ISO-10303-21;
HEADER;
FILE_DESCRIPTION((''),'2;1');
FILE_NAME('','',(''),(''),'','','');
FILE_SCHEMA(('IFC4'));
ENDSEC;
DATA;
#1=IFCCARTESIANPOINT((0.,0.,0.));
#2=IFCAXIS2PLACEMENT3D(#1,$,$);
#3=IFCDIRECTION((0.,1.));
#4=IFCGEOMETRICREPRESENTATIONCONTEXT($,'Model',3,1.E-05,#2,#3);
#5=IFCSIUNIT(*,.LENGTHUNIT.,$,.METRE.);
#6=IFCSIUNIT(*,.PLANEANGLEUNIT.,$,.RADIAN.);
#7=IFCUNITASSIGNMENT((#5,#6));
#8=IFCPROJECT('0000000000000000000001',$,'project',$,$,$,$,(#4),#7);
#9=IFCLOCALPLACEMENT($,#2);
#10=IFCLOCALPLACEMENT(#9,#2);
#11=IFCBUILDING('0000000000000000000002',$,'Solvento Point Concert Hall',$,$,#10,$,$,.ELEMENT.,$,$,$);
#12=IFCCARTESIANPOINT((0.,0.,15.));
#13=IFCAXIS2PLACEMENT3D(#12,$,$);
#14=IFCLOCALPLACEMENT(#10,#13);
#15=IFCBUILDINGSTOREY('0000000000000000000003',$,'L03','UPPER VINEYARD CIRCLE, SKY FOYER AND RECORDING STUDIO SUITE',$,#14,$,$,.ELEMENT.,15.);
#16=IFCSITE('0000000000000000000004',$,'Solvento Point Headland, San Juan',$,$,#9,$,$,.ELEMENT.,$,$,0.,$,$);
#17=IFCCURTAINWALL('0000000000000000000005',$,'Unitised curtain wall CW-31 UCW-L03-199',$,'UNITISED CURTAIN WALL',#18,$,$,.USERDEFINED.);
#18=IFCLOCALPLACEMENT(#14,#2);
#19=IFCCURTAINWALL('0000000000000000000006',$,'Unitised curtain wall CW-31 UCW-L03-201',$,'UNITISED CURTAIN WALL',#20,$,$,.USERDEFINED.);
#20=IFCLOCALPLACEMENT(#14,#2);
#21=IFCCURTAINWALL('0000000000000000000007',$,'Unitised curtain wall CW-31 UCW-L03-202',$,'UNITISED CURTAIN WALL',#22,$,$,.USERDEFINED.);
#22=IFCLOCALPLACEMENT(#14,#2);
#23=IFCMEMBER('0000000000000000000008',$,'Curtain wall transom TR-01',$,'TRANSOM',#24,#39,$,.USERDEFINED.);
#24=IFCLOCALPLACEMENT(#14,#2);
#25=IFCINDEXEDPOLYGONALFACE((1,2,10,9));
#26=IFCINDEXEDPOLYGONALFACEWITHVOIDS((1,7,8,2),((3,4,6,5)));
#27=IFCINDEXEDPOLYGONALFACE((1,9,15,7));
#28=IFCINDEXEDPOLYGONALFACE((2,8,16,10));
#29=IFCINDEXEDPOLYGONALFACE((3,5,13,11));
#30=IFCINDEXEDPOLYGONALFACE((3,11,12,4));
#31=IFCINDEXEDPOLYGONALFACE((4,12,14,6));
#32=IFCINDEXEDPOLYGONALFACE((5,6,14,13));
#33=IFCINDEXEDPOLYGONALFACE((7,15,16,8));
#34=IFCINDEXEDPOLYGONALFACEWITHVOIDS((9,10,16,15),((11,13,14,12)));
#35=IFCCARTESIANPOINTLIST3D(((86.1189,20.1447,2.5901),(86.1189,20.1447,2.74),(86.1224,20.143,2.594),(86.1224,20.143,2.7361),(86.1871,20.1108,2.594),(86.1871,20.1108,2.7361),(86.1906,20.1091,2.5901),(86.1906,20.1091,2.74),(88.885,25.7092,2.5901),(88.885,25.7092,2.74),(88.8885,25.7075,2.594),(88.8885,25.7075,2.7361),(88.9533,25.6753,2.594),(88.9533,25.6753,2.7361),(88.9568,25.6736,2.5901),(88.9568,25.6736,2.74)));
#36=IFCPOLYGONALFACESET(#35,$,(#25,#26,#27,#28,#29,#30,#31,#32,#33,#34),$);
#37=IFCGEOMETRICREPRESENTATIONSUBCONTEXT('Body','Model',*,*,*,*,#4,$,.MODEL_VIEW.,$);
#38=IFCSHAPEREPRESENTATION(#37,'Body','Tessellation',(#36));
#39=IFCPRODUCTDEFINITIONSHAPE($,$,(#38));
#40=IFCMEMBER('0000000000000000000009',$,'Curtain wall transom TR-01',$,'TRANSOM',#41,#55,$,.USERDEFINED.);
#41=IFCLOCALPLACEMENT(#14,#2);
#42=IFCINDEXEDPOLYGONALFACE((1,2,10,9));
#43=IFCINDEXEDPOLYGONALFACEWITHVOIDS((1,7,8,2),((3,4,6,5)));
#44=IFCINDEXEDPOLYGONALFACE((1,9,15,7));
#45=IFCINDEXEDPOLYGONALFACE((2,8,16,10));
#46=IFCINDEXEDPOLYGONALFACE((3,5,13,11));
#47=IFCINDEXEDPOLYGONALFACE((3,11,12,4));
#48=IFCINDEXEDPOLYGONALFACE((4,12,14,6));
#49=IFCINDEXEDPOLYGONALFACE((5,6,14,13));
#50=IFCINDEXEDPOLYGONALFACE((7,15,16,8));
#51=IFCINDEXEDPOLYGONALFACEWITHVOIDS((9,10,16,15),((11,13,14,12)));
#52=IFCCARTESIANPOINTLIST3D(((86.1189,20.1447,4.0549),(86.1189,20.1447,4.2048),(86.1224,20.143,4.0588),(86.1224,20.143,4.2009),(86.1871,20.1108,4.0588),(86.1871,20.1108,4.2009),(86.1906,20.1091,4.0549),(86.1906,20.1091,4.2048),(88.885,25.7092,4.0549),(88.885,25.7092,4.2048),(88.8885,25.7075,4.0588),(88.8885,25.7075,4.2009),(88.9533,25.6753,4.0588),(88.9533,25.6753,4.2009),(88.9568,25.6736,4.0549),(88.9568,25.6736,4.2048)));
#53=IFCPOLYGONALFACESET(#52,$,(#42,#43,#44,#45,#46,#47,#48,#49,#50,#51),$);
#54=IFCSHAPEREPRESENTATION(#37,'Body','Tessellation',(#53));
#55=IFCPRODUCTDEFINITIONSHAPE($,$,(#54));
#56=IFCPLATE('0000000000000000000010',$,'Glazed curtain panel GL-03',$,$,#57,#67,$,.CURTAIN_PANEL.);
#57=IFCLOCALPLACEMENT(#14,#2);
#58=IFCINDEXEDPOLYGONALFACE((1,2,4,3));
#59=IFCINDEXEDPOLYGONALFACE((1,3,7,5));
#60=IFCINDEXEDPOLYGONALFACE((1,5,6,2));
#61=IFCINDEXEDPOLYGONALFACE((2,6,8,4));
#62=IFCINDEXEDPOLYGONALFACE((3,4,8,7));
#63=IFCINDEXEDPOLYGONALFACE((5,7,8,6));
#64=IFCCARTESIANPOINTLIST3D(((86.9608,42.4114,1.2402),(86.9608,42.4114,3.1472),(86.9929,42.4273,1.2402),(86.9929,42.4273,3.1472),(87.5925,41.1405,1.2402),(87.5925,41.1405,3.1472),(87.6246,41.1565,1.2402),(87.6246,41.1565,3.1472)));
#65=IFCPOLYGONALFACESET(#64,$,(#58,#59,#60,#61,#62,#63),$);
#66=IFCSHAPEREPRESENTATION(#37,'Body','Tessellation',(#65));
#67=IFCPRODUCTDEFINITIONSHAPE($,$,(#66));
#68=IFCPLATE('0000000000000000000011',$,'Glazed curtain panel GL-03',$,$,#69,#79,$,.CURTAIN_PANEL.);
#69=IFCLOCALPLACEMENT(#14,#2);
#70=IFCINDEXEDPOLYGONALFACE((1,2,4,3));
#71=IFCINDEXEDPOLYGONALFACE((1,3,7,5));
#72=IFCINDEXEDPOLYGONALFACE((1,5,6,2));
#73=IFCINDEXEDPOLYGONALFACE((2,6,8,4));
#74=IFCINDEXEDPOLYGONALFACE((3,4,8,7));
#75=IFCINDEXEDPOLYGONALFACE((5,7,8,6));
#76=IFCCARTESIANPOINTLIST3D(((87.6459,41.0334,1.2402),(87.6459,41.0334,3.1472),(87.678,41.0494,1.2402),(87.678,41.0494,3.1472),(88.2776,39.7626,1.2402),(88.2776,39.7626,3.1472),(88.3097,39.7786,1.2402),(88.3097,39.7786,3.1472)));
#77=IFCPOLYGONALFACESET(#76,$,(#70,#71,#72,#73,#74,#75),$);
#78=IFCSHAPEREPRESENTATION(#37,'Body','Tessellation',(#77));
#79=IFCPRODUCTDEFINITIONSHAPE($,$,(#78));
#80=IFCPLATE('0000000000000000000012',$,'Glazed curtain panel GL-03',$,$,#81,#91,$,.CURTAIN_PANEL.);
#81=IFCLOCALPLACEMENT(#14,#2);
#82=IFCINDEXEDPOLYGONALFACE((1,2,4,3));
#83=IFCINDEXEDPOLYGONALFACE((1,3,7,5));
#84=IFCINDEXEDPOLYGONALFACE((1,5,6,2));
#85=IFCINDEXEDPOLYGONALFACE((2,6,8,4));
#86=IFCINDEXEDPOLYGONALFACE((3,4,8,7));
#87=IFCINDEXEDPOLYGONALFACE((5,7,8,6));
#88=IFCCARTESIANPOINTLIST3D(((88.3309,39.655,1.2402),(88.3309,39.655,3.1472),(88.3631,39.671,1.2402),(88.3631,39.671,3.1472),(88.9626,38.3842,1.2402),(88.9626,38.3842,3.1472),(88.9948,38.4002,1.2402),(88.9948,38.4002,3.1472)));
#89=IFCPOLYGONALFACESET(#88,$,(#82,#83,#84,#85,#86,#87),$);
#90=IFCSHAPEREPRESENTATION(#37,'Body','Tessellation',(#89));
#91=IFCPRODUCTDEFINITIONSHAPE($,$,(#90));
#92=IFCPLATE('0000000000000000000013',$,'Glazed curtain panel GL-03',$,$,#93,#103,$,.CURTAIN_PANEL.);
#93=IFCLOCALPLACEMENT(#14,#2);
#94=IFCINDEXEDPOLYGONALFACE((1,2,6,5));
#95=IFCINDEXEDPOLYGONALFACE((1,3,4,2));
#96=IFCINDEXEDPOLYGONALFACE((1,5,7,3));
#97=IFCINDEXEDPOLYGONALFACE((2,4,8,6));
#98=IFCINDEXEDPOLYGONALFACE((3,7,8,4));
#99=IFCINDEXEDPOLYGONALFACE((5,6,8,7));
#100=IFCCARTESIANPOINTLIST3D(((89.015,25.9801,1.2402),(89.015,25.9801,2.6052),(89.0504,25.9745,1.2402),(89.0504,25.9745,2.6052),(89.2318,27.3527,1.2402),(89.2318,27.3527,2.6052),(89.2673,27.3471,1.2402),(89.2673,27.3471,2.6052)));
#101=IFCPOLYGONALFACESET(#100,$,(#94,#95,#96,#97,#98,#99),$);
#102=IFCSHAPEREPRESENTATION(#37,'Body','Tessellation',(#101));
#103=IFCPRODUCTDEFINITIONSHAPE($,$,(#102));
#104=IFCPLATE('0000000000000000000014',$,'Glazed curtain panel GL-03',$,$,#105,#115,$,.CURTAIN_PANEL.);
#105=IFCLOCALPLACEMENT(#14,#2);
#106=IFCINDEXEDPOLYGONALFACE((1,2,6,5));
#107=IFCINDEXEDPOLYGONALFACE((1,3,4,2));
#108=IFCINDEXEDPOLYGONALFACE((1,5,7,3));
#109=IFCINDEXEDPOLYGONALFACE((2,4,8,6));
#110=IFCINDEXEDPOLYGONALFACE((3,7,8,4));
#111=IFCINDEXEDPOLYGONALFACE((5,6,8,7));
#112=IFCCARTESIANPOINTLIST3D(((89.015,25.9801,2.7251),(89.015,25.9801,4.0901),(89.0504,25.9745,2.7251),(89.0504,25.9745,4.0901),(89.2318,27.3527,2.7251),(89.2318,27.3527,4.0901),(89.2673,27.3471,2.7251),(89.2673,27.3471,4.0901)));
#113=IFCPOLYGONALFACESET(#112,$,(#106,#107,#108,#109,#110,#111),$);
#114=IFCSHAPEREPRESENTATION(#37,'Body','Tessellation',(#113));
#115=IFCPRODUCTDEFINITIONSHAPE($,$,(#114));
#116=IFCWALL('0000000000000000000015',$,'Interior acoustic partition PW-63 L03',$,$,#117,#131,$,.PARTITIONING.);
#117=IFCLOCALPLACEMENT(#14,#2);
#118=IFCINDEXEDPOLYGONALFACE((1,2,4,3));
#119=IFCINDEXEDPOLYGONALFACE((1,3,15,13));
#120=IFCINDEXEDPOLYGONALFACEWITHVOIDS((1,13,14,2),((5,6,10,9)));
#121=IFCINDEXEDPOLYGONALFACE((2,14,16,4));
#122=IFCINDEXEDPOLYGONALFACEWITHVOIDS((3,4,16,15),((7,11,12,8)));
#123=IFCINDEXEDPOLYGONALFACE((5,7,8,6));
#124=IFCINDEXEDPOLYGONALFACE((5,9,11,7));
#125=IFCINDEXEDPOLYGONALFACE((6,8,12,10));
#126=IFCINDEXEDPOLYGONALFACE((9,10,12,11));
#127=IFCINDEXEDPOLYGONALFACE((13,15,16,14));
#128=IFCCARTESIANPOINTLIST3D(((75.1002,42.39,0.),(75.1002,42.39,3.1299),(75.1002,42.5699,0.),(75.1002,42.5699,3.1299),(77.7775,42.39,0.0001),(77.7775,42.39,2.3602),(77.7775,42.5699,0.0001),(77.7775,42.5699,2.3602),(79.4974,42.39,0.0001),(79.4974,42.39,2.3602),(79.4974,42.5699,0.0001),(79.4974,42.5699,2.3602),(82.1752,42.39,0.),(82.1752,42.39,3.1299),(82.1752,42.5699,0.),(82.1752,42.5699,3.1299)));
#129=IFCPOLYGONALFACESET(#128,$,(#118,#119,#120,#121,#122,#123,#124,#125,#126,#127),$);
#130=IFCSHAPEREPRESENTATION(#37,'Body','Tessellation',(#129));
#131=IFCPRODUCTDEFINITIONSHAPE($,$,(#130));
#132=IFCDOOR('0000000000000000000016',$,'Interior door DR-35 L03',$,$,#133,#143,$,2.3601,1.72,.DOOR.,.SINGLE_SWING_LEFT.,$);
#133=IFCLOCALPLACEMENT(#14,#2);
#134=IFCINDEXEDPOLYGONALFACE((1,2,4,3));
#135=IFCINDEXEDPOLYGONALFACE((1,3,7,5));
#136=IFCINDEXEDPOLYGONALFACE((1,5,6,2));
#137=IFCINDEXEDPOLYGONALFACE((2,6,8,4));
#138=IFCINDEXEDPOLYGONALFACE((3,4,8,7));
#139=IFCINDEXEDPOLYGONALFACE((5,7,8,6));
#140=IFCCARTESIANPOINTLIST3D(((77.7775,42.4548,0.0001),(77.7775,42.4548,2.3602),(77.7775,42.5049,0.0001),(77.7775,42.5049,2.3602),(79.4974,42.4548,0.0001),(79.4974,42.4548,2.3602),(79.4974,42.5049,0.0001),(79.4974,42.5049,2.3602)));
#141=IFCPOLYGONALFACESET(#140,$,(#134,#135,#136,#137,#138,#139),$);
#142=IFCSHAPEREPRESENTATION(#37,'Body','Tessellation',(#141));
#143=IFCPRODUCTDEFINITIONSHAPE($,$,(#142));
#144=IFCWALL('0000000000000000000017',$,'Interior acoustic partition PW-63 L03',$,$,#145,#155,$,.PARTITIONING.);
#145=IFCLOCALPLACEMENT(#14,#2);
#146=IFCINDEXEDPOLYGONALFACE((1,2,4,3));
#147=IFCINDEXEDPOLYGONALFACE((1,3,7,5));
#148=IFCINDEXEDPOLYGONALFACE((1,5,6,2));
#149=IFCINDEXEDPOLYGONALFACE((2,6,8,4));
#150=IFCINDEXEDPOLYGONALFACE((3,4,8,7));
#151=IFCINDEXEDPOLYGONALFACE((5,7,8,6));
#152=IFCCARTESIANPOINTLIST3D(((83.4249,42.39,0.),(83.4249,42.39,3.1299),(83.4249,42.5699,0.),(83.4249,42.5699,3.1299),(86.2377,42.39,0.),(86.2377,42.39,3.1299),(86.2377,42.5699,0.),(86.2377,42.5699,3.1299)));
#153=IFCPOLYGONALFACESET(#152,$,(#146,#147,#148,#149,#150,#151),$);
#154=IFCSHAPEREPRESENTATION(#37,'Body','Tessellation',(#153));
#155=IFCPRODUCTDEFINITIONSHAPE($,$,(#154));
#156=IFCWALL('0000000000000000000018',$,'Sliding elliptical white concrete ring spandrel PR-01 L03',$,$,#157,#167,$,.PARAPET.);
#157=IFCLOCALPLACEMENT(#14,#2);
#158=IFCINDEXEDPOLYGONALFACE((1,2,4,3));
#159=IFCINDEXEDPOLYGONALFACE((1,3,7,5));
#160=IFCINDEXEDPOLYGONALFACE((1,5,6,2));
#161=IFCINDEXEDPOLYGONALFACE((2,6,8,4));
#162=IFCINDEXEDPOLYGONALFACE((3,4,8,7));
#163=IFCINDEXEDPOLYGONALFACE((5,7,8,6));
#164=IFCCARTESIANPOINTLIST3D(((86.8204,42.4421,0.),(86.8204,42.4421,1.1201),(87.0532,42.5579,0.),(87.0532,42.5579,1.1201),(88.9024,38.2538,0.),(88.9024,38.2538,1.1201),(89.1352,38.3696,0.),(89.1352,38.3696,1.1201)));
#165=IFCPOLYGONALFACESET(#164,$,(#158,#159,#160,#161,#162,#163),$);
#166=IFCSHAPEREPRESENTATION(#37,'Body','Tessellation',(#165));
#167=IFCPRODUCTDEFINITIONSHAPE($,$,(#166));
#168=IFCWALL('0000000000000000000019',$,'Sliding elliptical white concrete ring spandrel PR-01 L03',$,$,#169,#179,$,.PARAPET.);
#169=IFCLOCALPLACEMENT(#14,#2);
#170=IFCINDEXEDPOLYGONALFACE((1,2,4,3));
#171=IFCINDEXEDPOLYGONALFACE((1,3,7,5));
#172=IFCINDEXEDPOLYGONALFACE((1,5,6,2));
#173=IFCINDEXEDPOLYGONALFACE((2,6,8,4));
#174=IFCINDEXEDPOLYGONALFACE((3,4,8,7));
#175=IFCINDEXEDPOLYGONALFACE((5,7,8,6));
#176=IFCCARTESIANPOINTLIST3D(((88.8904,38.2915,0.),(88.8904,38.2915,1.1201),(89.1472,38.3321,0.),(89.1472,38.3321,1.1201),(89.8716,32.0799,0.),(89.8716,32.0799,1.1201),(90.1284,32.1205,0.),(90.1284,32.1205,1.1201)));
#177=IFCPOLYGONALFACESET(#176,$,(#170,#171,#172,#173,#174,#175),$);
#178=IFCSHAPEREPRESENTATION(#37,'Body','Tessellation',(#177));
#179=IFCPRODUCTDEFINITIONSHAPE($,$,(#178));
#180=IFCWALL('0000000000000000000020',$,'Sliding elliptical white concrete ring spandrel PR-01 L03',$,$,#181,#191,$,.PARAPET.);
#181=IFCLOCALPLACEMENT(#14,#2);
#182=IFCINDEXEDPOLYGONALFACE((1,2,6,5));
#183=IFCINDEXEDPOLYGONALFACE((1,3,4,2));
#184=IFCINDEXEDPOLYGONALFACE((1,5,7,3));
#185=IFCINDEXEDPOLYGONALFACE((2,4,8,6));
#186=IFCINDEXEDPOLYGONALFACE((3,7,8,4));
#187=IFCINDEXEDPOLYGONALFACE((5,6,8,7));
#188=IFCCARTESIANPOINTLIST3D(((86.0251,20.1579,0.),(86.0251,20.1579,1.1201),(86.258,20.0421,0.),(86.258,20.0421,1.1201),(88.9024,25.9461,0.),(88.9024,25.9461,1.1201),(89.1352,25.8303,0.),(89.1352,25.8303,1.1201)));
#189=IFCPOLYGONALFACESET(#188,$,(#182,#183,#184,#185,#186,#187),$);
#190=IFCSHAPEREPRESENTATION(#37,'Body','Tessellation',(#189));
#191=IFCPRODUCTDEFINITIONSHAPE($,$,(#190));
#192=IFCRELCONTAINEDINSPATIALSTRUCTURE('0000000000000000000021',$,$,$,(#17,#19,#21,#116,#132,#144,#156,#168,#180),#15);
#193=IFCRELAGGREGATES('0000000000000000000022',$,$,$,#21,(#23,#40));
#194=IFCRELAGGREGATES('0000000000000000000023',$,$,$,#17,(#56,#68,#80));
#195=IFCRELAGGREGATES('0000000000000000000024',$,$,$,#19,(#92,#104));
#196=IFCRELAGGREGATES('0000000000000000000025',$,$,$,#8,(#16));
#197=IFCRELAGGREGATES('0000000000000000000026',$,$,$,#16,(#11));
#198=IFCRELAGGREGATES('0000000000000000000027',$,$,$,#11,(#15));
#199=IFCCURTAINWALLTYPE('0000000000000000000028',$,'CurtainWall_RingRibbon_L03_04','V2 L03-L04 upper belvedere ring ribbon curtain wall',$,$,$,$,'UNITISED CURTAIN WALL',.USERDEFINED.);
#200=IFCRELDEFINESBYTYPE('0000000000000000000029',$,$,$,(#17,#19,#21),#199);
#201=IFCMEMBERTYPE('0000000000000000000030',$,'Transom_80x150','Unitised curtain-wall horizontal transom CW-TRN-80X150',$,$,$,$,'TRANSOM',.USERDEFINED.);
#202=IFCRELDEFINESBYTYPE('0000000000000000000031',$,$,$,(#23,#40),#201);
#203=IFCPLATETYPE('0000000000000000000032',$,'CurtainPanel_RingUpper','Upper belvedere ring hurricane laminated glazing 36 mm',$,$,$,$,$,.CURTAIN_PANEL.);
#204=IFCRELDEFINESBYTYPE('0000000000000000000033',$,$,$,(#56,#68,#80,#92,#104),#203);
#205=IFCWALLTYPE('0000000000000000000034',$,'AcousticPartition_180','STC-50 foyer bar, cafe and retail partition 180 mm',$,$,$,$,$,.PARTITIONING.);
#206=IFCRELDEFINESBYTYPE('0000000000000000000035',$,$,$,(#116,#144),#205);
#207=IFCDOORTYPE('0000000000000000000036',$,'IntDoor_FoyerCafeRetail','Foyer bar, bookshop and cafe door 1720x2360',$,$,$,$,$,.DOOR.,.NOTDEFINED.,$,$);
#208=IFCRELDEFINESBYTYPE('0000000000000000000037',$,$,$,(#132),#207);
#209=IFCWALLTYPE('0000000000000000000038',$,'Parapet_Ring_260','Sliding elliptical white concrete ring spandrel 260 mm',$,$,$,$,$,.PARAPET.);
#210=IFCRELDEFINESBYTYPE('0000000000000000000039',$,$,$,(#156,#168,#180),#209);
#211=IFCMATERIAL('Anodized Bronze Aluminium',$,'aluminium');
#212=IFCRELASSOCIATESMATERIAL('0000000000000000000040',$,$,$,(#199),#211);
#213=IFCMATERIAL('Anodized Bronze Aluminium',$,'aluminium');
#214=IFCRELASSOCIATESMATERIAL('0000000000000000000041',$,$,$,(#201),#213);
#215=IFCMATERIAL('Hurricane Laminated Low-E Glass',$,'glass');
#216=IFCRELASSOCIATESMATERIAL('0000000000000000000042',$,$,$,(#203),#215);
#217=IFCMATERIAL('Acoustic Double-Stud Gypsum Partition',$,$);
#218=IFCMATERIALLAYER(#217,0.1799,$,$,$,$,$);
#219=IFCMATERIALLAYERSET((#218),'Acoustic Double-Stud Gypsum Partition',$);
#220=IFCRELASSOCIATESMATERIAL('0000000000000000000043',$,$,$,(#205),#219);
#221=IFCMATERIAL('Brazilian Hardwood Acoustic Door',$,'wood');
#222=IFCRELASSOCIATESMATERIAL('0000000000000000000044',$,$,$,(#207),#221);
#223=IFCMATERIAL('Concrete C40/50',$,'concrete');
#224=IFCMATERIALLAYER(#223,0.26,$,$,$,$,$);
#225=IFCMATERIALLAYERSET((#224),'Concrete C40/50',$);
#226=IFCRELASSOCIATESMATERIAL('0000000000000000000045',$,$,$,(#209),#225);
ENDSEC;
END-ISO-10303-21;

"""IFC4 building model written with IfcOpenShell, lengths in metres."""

from ifc_helpers import new_model, si_unit, direction, frame, frame_2d, origin, origin_2d, place, context, subcontext, project, spatial, rectangle, hollow_rectangle, extrude, material, layer, layer_set, material_profile, profile_set, type_object, element, fill, aggregate, save


model = new_model("IFC4")

# Units and contexts
model_context = context("Model", 3, precision=1e-05, world=origin(), true_north=direction((0.0, 1.0)))
body_context = subcontext(model_context, "Body", "Model", "MODEL_VIEW")
ifc_project = project(units=[si_unit("LENGTHUNIT", "METRE"), si_unit("PLANEANGLEUNIT", "RADIAN")], contexts=[model_context])

# Site, building, storey
site_placement = place(None, origin())
site = spatial("IfcSite", under=ifc_project, at=site_placement, Name="Solvento Point Headland, San Juan", CompositionType="ELEMENT", RefElevation=0.0)
building_placement = place(site_placement, origin())
building = spatial("IfcBuilding", under=site, at=building_placement, Name="Solvento Point Concert Hall", CompositionType="ELEMENT")
storey_placement = place(building_placement, frame((0.0, 0.0, 15.0)))
storey = spatial("IfcBuildingStorey", under=building, at=storey_placement, Name="L03", Description="UPPER VINEYARD CIRCLE, SKY FOYER AND RECORDING STUDIO SUITE", CompositionType="ELEMENT", Elevation=15.0)

# Curtain wall
ifc_material_1 = material(Name="Anodized Bronze Aluminium", Category="aluminium")
curtain_wall_type = type_object("IfcCurtainWallType", Name="CurtainWall_RingRibbon_L03_04", Description="V2 L03-L04 upper belvedere ring ribbon curtain wall", ElementType="UNITISED CURTAIN WALL", PredefinedType="USERDEFINED", material=ifc_material_1)
curtain_wall_1_placement = place(storey_placement, origin())
curtain_wall_1 = element("IfcCurtainWall", 1, at=curtain_wall_1_placement, inside=storey, type_object=curtain_wall_type, Name="Unitised curtain wall CW-31 UCW-L03-199", ObjectType="UNITISED CURTAIN WALL", PredefinedType="USERDEFINED")

# Curtain wall
curtain_wall_2_placement = place(storey_placement, origin())
curtain_wall_2 = element("IfcCurtainWall", 2, at=curtain_wall_2_placement, inside=storey, type_object=curtain_wall_type, Name="Unitised curtain wall CW-31 UCW-L03-201", ObjectType="UNITISED CURTAIN WALL", PredefinedType="USERDEFINED")

# Shared definitions
ifc_material_2 = material(Name="Anodized Bronze Aluminium", Category="aluminium")
ifc_material_profile_1 = material_profile(ifc_material_2, hollow_rectangle(XDim=0.0801, YDim=0.1499, WallThickness=0.0039, at=origin_2d()), Name="CW-TRN-80X150")
ifc_profile_set_1 = profile_set([ifc_material_profile_1], Name="Anodized Bronze Aluminium")
member_type_1 = type_object("IfcMemberType", Name="Transom_80x150", Description="Unitised curtain-wall horizontal transom CW-TRN-80X150", ElementType="TRANSOM", PredefinedType="USERDEFINED", material=ifc_profile_set_1)

# Curtain wall, members
curtain_wall_3_placement = place(storey_placement, origin())
curtain_wall_3 = element("IfcCurtainWall", 3, at=curtain_wall_3_placement, inside=storey, type_object=curtain_wall_type, Name="Unitised curtain wall CW-31 UCW-L03-202", ObjectType="UNITISED CURTAIN WALL", PredefinedType="USERDEFINED")
member_1_placement = place(storey_placement, frame((88.9209, 25.6914, 2.665), z_axis=(-0.445138, -0.895462, 0.0), x_axis=(0.895462, -0.445138, 0.0)))
member_1 = element("IfcMember", 4, at=member_1_placement, type_object=member_type_1, Name="Curtain wall transom TR-01", ObjectType="TRANSOM", PredefinedType="USERDEFINED", context=body_context, shape_type="SweptSolid", body=[
    extrude(hollow_rectangle(XDim=0.0801, YDim=0.1499, WallThickness=0.0039, at=origin_2d()), origin(), (0.0, 0.0, 1.0), 6.2141),
])
member_2_placement = place(storey_placement, frame((88.9209, 25.6914, 4.1299), z_axis=(-0.445138, -0.895462, 0.0), x_axis=(0.895462, -0.445138, 0.0)))
member_2 = element("IfcMember", 5, at=member_2_placement, type_object=member_type_1, Name="Curtain wall transom TR-01", ObjectType="TRANSOM", PredefinedType="USERDEFINED", context=body_context, shape_type="SweptSolid", body=[
    extrude(hollow_rectangle(XDim=0.0801, YDim=0.1499, WallThickness=0.0039, at=origin_2d()), origin(), (0.0, 0.0, 1.0), 6.2141),
])
aggregate(curtain_wall_3, [member_1, member_2])

# Plates
ifc_material_3 = material(Name="Hurricane Laminated Low-E Glass", Category="glass")
plate_type = type_object("IfcPlateType", Name="CurtainPanel_RingUpper", Description="Upper belvedere ring hurricane laminated glazing 36 mm", PredefinedType="CURTAIN_PANEL", material=ifc_material_3)
plate_1_placement = place(storey_placement, frame((87.2927, 41.7839, 1.2402), z_axis=(0.0, 0.0, 1.0), x_axis=(0.445117, -0.895473, 0.0)))
plate_1 = element("IfcPlate", 6, at=plate_1_placement, type_object=plate_type, Name="Glazed curtain panel GL-03", PredefinedType="CURTAIN_PANEL", context=body_context, shape_type="SweptSolid", body=[
    extrude(rectangle(XDim=1.4192, YDim=0.0359, at=origin_2d()), origin(), (0.0, 0.0, 1.0), 1.907),
])
plate_2_placement = place(storey_placement, frame((87.9778, 40.406, 1.2402), z_axis=(0.0, 0.0, 1.0), x_axis=(0.445117, -0.895473, 0.0)))
plate_2 = element("IfcPlate", 7, at=plate_2_placement, type_object=plate_type, Name="Glazed curtain panel GL-03", PredefinedType="CURTAIN_PANEL", context=body_context, shape_type="SweptSolid", body=[
    extrude(rectangle(XDim=1.4192, YDim=0.0359, at=origin_2d()), origin(), (0.0, 0.0, 1.0), 1.907),
])
plate_3_placement = place(storey_placement, frame((88.6628, 39.0276, 1.2402), z_axis=(0.0, 0.0, 1.0), x_axis=(0.445117, -0.895473, 0.0)))
plate_3 = element("IfcPlate", 8, at=plate_3_placement, type_object=plate_type, Name="Glazed curtain panel GL-03", PredefinedType="CURTAIN_PANEL", context=body_context, shape_type="SweptSolid", body=[
    extrude(rectangle(XDim=1.4192, YDim=0.0359, at=origin_2d()), origin(), (0.0, 0.0, 1.0), 1.907),
])
aggregate(curtain_wall_1, [plate_1, plate_2, plate_3])
plate_4_placement = place(storey_placement, frame((89.1411, 26.6636, 1.2402), z_axis=(0.0, 0.0, 1.0), x_axis=(-0.156041, -0.987751, 0.0)))
plate_4 = element("IfcPlate", 9, at=plate_4_placement, type_object=plate_type, Name="Glazed curtain panel GL-03", PredefinedType="CURTAIN_PANEL", context=body_context, shape_type="SweptSolid", body=[
    extrude(rectangle(XDim=1.3896, YDim=0.0359, at=origin_2d()), origin(), (0.0, 0.0, 1.0), 1.365),
])
plate_5_placement = place(storey_placement, frame((89.1411, 26.6636, 2.7251), z_axis=(0.0, 0.0, 1.0), x_axis=(-0.156041, -0.987751, 0.0)))
plate_5 = element("IfcPlate", 10, at=plate_5_placement, type_object=plate_type, Name="Glazed curtain panel GL-03", PredefinedType="CURTAIN_PANEL", context=body_context, shape_type="SweptSolid", body=[
    extrude(rectangle(XDim=1.3896, YDim=0.0359, at=origin_2d()), origin(), (0.0, 0.0, 1.0), 1.365),
])
aggregate(curtain_wall_2, [plate_4, plate_5])

# Wall, opening, door
ifc_material_4 = material(Name="Acoustic Double-Stud Gypsum Partition")
ifc_layer_1 = layer(ifc_material_4, 0.1799)
ifc_layer_set_1 = layer_set([ifc_layer_1], Name="Acoustic Double-Stud Gypsum Partition")
wall_type_1 = type_object("IfcWallType", Name="AcousticPartition_180", Description="STC-50 foyer bar, cafe and retail partition 180 mm", PredefinedType="PARTITIONING", material=ifc_layer_set_1)
wall_1_placement = place(storey_placement, frame((75.1001, 42.48, 0.0), z_axis=(0.0, 0.0, 1.0), x_axis=(1.0, 0.0, 0.0)))
wall_1 = element("IfcWall", 11, at=wall_1_placement, inside=storey, type_object=wall_type_1, Name="Interior acoustic partition PW-63 L03", PredefinedType="PARTITIONING", context=body_context, shape_type="SweptSolid", body=[
    extrude(rectangle(XDim=7.075, YDim=0.1799, at=frame_2d((3.5376, 0.0))), origin(), (0.0, 0.0, 1.0), 3.1299),
])
opening_placement = place(wall_1_placement, frame((2.6775, 0.0, 0.0)))
opening = element("IfcOpeningElement", 12, at=opening_placement, cuts=wall_1, PredefinedType="OPENING", context=body_context, shape_type="SweptSolid", body=[
    extrude(rectangle(XDim=1.72, YDim=2.3601, at=frame_2d((0.8599, 1.1802))), frame((0.0, 0.0999, 0.0), z_axis=(0.0, -1.0, 0.0), x_axis=(1.0, 0.0, 0.0)), (0.0, 0.0, 1.0), 0.2),
])
ifc_material_5 = material(Name="Brazilian Hardwood Acoustic Door", Category="wood")
door_type = type_object("IfcDoorType", Name="IntDoor_FoyerCafeRetail", Description="Foyer bar, bookshop and cafe door 1720x2360", OperationType="NOTDEFINED", PredefinedType="DOOR", material=ifc_material_5)
door_placement = place(opening_placement, origin())
door = element("IfcDoor", 13, at=door_placement, inside=storey, type_object=door_type, Name="Interior door DR-35 L03", OperationType="SINGLE_SWING_LEFT", OverallHeight=2.3601, OverallWidth=1.72, PredefinedType="DOOR", context=body_context, shape_type="SweptSolid", body=[
    extrude(rectangle(XDim=1.72, YDim=2.3601, at=frame_2d((0.8599, 1.1802))), frame((0.0, 0.0249, 0.0), z_axis=(0.0, -1.0, 0.0), x_axis=(1.0, 0.0, 0.0)), (0.0, 0.0, 1.0), 0.05),
])
fill(opening, door)

# Walls
wall_2_placement = place(storey_placement, frame((83.425, 42.48, 0.0), z_axis=(0.0, 0.0, 1.0), x_axis=(1.0, 0.0, 0.0)))
element("IfcWall", 14, at=wall_2_placement, inside=storey, type_object=wall_type_1, Name="Interior acoustic partition PW-63 L03", PredefinedType="PARTITIONING", context=body_context, shape_type="SweptSolid", body=[
    extrude(rectangle(XDim=2.8127, YDim=0.1799, at=frame_2d((1.4062, 0.0))), origin(), (0.0, 0.0, 1.0), 3.1299),
])
ifc_material_6 = material(Name="Concrete C40/50", Category="concrete")
ifc_layer_2 = layer(ifc_material_6, 0.26)
ifc_layer_set_2 = layer_set([ifc_layer_2], Name="Concrete C40/50")
wall_type_2 = type_object("IfcWallType", Name="Parapet_Ring_260", Description="Sliding elliptical white concrete ring spandrel 260 mm", PredefinedType="PARAPET", material=ifc_layer_set_2)
wall_3_placement = place(storey_placement, frame((86.9368, 42.5, 0.0), z_axis=(0.0, 0.0, 1.0), x_axis=(0.445145, -0.895458, 0.0)))
element("IfcWall", 15, at=wall_3_placement, inside=storey, type_object=wall_type_2, Name="Sliding elliptical white concrete ring spandrel PR-01 L03", PredefinedType="PARAPET", context=body_context, shape_type="SweptSolid", body=[
    extrude(rectangle(XDim=4.6772, YDim=0.26, at=frame_2d((2.3386, 0.0))), origin(), (0.0, 0.0, 1.0), 1.1201),
])
wall_4_placement = place(storey_placement, frame((89.0188, 38.3118, 0.0), z_axis=(0.0, 0.0, 1.0), x_axis=(0.156026, -0.987753, 0.0)))
element("IfcWall", 16, at=wall_4_placement, inside=storey, type_object=wall_type_2, Name="Sliding elliptical white concrete ring spandrel PR-01 L03", PredefinedType="PARAPET", context=body_context, shape_type="SweptSolid", body=[
    extrude(rectangle(XDim=6.2886, YDim=0.26, at=frame_2d((3.1443, 0.0))), origin(), (0.0, 0.0, 1.0), 1.1201),
])
wall_5_placement = place(storey_placement, frame((89.0188, 25.8882, 0.0), z_axis=(0.0, 0.0, 1.0), x_axis=(-0.445127, -0.895467, 0.0)))
element("IfcWall", 17, at=wall_5_placement, inside=storey, type_object=wall_type_2, Name="Sliding elliptical white concrete ring spandrel PR-01 L03", PredefinedType="PARAPET", context=body_context, shape_type="SweptSolid", body=[
    extrude(rectangle(XDim=6.4639, YDim=0.26, at=frame_2d((3.2319, 0.0))), origin(), (0.0, 0.0, 1.0), 1.1201),
])

save(model, "model.ifc")
